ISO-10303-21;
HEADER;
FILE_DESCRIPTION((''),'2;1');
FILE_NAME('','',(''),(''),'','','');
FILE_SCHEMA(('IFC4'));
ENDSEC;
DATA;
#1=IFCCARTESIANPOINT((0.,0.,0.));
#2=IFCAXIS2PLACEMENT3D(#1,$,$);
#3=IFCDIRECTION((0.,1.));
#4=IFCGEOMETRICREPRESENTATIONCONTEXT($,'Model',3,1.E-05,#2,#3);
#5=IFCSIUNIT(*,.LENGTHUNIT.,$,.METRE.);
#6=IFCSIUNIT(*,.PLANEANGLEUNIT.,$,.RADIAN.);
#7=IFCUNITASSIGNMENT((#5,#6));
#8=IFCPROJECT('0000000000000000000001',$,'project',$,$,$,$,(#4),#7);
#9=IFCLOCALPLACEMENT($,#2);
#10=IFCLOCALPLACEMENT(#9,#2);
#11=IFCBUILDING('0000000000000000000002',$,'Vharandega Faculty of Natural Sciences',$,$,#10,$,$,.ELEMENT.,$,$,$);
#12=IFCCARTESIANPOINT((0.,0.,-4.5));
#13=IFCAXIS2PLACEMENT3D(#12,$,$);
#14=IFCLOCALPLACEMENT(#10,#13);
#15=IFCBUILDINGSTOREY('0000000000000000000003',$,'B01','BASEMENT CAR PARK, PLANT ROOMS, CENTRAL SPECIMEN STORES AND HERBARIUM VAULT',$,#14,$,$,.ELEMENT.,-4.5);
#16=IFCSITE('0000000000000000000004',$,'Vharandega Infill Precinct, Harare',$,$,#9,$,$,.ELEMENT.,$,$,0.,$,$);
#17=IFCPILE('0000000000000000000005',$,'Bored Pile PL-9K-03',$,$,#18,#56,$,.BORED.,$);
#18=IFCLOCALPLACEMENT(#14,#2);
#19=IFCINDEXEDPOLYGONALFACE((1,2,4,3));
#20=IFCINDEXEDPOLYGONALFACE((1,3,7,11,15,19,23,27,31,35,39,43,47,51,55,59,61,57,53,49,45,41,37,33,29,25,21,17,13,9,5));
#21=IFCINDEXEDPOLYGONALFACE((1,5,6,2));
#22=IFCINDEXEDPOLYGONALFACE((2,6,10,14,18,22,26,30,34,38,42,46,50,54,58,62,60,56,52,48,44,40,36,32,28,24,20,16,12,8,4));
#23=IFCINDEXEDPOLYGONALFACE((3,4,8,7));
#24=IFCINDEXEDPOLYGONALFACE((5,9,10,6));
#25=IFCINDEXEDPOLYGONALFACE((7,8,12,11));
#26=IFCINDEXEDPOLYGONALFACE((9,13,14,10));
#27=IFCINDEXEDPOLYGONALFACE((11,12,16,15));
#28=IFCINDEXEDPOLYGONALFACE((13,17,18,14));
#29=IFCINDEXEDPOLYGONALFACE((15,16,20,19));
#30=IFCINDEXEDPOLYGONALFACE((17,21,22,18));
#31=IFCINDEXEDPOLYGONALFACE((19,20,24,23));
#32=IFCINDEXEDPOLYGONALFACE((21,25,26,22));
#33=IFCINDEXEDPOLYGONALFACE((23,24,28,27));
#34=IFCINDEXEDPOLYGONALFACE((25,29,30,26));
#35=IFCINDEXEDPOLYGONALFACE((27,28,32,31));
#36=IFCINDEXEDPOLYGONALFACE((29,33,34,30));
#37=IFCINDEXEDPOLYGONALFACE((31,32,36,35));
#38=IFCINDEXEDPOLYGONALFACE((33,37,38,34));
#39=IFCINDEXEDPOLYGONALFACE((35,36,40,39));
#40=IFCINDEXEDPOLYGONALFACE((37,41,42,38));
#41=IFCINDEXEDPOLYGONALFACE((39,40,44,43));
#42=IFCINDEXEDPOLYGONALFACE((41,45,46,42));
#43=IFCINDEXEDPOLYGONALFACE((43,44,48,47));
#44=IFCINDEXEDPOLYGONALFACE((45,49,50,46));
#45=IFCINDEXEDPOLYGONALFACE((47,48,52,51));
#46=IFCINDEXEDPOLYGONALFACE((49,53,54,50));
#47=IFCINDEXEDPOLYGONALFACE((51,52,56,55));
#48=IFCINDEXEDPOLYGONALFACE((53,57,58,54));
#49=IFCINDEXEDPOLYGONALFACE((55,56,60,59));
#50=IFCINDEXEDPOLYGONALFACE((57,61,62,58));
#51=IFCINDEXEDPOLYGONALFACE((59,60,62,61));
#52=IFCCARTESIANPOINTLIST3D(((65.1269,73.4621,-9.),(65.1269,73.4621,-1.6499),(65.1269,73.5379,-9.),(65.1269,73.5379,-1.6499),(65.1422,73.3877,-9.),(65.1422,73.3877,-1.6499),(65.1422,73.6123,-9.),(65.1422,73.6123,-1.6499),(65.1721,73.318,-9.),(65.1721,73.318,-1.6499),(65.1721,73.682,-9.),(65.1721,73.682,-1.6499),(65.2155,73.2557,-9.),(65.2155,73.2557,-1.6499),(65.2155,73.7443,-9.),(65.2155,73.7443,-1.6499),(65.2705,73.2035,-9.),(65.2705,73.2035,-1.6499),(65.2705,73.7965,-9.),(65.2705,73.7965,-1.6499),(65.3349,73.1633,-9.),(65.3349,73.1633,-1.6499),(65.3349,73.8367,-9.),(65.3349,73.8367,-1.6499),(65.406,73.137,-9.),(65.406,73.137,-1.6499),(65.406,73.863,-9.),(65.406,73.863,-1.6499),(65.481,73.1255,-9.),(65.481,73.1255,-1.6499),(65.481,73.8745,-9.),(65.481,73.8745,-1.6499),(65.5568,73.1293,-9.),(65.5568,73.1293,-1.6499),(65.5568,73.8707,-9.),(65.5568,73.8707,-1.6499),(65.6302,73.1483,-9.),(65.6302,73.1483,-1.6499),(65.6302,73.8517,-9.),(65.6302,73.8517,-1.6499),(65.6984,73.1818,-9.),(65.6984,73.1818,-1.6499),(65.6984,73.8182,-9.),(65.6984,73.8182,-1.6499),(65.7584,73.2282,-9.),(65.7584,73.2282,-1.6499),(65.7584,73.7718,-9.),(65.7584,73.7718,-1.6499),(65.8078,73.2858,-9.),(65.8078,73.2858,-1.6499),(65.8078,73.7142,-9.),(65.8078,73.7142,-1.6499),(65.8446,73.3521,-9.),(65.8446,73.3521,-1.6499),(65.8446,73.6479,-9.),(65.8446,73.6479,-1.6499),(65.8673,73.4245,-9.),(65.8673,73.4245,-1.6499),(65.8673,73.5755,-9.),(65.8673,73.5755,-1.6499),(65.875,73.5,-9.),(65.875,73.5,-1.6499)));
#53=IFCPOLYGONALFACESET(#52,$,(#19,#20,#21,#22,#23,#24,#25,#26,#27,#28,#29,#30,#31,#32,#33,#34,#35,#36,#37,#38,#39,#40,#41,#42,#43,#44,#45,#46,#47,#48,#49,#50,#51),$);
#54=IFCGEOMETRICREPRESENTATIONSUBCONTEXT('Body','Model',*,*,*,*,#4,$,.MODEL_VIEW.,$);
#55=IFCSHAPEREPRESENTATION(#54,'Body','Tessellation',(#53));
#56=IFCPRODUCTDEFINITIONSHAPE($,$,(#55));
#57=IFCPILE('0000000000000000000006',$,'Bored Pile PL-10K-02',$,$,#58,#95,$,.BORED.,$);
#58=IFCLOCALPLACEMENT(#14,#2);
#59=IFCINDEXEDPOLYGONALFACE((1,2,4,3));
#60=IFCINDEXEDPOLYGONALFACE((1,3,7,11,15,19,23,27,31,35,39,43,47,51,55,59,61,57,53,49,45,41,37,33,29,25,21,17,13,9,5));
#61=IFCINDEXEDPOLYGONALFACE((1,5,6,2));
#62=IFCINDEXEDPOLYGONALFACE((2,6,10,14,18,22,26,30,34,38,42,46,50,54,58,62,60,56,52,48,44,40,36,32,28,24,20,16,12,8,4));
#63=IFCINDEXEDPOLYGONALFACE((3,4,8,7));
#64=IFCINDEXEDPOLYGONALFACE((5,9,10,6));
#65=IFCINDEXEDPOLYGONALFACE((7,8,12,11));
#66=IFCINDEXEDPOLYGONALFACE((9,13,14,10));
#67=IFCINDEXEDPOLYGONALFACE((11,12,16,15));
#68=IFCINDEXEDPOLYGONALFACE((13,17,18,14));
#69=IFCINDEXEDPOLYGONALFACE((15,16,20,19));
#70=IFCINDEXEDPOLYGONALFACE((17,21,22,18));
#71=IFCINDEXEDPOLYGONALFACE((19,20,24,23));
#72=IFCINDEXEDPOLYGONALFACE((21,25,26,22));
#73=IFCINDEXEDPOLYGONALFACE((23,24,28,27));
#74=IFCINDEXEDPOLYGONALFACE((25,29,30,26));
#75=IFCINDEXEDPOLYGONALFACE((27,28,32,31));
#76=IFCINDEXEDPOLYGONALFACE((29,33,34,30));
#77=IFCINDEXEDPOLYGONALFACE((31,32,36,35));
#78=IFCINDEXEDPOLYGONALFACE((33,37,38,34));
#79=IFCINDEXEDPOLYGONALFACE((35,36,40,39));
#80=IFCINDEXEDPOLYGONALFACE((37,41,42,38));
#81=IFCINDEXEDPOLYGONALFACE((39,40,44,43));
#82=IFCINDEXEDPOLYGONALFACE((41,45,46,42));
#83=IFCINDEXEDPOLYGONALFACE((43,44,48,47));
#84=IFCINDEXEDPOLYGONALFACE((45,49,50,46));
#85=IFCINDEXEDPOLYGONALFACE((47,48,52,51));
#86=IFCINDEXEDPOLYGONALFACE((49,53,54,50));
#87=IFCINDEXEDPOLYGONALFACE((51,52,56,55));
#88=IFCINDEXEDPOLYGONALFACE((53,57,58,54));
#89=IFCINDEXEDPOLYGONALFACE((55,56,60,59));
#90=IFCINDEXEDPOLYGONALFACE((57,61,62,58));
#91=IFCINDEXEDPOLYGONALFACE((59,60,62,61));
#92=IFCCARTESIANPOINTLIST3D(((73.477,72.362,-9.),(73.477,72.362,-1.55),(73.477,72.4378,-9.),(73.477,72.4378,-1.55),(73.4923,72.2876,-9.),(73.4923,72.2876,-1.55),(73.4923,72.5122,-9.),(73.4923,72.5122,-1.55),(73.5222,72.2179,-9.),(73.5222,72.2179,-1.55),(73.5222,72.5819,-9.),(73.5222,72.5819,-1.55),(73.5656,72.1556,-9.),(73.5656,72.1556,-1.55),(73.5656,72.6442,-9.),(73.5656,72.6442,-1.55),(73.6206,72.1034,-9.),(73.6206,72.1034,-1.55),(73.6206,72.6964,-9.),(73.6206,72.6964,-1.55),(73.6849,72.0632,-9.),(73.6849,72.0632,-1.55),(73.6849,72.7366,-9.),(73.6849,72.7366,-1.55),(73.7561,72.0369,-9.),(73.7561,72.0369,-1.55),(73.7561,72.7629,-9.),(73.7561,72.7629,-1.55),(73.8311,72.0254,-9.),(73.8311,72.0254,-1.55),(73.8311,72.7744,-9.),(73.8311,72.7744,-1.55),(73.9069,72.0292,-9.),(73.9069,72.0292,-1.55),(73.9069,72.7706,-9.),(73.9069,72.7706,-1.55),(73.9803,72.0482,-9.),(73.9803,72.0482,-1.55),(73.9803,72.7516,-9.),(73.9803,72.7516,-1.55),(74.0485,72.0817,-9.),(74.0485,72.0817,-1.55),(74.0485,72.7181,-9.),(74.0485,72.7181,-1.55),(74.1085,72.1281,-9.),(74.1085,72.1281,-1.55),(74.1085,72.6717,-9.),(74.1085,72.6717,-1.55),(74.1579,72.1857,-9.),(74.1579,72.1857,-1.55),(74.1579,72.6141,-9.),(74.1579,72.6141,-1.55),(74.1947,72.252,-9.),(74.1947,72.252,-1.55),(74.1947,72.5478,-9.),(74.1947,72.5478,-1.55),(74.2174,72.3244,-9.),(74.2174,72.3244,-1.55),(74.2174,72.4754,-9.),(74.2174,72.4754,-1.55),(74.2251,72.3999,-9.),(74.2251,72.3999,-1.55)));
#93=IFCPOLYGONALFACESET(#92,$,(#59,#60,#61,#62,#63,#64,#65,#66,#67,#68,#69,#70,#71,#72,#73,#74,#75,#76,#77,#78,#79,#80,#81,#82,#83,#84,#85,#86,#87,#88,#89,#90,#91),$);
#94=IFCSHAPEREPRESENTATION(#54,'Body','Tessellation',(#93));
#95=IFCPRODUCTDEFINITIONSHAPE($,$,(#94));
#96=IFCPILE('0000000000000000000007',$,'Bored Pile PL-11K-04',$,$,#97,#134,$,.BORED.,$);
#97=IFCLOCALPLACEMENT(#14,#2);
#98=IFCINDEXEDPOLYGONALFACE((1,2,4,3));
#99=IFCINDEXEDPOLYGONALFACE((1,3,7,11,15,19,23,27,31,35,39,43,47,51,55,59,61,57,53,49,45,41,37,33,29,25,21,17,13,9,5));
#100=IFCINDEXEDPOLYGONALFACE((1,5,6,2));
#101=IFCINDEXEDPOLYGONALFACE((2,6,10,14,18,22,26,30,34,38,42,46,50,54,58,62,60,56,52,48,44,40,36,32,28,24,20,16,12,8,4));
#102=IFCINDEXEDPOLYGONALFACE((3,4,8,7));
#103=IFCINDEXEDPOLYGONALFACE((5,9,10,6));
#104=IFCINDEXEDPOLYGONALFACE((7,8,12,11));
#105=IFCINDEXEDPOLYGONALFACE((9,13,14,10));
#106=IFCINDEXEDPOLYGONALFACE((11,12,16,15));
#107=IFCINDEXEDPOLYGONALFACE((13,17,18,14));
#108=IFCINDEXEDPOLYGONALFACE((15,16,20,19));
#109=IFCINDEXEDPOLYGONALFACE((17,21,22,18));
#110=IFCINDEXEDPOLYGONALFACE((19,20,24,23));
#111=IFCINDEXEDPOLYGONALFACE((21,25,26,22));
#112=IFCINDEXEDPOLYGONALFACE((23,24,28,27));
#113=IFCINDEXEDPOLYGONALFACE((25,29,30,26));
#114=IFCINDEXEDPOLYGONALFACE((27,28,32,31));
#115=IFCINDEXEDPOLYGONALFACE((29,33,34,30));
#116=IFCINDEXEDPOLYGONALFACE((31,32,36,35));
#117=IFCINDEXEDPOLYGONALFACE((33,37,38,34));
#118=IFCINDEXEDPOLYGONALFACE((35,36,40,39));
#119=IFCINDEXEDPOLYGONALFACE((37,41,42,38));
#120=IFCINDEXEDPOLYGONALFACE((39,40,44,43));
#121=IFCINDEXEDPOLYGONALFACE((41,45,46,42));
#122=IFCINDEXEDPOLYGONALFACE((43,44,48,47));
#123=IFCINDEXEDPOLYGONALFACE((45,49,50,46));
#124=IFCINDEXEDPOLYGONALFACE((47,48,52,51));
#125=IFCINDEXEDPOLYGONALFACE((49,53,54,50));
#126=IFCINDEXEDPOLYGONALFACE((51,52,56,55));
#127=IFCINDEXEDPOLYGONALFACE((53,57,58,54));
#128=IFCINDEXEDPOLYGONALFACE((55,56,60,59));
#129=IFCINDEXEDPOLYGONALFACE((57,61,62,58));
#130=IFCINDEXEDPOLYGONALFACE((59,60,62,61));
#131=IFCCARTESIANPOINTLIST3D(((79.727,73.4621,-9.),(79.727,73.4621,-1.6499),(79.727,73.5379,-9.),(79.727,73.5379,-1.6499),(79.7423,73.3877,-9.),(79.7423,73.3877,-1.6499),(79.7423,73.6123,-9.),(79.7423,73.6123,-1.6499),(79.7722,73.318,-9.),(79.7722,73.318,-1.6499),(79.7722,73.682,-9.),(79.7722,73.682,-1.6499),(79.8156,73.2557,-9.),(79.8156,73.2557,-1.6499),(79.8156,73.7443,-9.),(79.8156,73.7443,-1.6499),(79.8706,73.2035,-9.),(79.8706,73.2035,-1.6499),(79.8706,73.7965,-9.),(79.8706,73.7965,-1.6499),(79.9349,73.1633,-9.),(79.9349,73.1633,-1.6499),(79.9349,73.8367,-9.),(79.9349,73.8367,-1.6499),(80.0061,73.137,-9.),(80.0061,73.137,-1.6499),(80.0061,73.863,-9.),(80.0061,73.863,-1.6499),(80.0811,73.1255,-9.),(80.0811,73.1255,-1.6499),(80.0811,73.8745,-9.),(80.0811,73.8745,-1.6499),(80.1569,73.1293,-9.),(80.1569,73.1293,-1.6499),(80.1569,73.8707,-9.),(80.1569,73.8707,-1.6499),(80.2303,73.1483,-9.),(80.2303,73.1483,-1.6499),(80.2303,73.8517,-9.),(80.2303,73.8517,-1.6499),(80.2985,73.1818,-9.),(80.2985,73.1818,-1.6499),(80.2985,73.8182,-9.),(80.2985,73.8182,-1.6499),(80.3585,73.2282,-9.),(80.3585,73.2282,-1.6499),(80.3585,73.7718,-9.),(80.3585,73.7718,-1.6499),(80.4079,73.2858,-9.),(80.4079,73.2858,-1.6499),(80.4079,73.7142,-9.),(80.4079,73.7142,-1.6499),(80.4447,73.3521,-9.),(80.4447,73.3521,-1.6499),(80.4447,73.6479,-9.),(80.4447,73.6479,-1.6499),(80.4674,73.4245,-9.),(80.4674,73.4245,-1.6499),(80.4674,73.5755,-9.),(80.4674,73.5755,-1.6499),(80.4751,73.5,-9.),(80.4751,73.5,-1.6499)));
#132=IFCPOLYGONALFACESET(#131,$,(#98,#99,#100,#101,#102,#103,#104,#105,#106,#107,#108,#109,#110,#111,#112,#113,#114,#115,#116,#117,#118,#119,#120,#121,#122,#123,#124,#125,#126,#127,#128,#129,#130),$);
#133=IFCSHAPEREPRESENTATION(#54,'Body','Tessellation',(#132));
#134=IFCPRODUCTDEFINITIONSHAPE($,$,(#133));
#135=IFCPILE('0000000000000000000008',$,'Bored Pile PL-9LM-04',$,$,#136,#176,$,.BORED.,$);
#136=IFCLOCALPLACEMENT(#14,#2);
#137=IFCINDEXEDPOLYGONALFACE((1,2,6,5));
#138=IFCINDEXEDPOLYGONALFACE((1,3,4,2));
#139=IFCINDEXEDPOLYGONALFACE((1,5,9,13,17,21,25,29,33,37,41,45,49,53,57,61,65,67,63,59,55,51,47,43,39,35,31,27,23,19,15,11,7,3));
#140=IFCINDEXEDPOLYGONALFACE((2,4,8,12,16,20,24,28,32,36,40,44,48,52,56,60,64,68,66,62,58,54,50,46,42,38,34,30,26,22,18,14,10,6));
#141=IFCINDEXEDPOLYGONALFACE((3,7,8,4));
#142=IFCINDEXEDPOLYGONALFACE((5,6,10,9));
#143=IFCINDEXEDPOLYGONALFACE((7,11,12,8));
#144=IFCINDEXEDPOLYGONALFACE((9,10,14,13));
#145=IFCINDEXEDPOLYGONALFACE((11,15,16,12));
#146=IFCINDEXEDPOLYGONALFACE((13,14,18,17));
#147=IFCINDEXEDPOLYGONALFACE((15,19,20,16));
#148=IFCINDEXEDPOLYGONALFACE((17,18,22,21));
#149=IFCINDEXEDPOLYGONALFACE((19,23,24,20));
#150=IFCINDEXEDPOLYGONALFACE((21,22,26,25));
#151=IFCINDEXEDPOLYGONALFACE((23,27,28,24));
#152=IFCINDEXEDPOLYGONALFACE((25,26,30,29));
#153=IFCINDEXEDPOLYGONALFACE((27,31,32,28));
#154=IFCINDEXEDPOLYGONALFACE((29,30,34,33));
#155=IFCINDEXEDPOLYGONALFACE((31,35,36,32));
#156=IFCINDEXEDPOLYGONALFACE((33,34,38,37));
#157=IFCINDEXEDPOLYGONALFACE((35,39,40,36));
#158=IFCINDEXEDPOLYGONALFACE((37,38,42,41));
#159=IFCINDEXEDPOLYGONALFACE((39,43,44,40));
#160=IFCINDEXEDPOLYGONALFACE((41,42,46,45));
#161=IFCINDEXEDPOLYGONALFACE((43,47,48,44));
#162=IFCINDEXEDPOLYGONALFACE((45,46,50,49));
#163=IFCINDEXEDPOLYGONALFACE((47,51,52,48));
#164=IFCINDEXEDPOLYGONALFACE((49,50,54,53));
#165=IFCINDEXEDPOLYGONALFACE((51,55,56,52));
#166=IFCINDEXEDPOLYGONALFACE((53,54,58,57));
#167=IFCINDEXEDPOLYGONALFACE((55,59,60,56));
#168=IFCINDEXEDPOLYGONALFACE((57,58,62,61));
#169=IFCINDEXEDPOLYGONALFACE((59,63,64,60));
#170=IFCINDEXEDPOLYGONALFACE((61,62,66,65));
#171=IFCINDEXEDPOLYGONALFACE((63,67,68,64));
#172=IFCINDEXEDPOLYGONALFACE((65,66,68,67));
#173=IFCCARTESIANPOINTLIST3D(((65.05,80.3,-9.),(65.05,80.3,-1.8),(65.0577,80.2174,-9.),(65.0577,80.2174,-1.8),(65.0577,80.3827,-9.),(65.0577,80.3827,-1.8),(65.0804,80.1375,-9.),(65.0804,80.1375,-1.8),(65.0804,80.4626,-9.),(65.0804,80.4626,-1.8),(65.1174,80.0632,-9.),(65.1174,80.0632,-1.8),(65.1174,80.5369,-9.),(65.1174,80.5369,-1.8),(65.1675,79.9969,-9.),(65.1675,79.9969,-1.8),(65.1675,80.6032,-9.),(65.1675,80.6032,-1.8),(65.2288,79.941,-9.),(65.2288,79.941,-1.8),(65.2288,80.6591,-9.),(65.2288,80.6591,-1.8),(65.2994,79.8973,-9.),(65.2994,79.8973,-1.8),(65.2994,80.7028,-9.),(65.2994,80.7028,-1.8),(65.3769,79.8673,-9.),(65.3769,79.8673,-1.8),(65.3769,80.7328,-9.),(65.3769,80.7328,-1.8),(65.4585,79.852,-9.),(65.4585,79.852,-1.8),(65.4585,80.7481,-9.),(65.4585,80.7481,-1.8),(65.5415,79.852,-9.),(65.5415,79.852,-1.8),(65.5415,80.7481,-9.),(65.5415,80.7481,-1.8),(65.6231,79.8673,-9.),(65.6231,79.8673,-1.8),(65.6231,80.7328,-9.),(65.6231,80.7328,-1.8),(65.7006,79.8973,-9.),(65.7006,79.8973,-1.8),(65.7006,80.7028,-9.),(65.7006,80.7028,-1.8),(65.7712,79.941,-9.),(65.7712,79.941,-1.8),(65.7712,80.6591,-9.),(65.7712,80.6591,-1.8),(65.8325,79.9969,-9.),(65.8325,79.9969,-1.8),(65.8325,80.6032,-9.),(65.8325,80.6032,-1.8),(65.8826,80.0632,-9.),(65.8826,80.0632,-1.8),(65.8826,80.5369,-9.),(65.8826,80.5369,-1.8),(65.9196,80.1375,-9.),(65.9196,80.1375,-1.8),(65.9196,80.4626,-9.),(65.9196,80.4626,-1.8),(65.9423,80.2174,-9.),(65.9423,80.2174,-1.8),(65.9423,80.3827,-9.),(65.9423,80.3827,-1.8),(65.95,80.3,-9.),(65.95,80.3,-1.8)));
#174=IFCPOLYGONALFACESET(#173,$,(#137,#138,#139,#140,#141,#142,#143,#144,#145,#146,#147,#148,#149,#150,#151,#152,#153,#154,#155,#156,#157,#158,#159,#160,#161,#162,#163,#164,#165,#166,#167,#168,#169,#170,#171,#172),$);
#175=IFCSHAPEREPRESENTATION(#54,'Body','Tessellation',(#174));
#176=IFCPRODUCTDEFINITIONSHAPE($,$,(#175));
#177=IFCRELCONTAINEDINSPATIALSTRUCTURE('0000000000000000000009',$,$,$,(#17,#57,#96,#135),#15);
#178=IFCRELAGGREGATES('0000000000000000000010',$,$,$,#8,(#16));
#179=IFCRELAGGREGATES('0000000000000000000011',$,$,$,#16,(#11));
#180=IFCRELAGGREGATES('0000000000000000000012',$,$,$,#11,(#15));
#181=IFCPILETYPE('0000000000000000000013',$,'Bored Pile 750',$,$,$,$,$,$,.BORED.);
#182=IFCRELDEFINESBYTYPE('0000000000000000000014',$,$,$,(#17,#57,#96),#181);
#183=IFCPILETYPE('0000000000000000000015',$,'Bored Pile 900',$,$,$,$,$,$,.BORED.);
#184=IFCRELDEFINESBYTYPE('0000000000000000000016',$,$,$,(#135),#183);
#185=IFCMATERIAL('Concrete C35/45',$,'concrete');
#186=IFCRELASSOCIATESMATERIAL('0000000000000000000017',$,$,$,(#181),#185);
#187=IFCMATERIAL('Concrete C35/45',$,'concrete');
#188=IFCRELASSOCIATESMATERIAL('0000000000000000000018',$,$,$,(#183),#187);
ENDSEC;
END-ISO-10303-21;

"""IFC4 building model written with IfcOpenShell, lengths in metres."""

from ifc_helpers import new_model, si_unit, direction, frame, origin, origin_2d, place, context, subcontext, project, spatial, circle, extrude, material, material_profile, profile_set, type_object, element, save


model = new_model("IFC4")

# Units and contexts
model_context = context("Model", 3, precision=1e-05, world=origin(), true_north=direction((0.0, 1.0)))
body_context = subcontext(model_context, "Body", "Model", "MODEL_VIEW")
ifc_project = project(units=[si_unit("LENGTHUNIT", "METRE"), si_unit("PLANEANGLEUNIT", "RADIAN")], contexts=[model_context])

# Site, building, storey
site_placement = place(None, origin())
site = spatial("IfcSite", under=ifc_project, at=site_placement, Name="Vharandega Infill Precinct, Harare", CompositionType="ELEMENT", RefElevation=0.0)
building_placement = place(site_placement, origin())
building = spatial("IfcBuilding", under=site, at=building_placement, Name="Vharandega Faculty of Natural Sciences", CompositionType="ELEMENT")
storey_placement = place(building_placement, frame((0.0, 0.0, -4.5)))
storey = spatial("IfcBuildingStorey", under=building, at=storey_placement, Name="B01", Description="BASEMENT CAR PARK, PLANT ROOMS, CENTRAL SPECIMEN STORES AND HERBARIUM VAULT", CompositionType="ELEMENT", Elevation=-4.5)

# Piles
ifc_material_1 = material(Name="Concrete C35/45", Category="concrete")
ifc_material_profile_1 = material_profile(ifc_material_1, circle(Radius=0.375, at=origin_2d()), Name="PILE 750")
ifc_profile_set_1 = profile_set([ifc_material_profile_1], Name="Concrete C35/45")
pile_type_1 = type_object("IfcPileType", Name="Bored Pile 750", PredefinedType="BORED", material=ifc_profile_set_1)
pile_1_placement = place(storey_placement, frame((65.5, 73.5, -1.6499), z_axis=(0.0, 0.0, -1.0), x_axis=(1.0, 0.0, 0.0)))
element("IfcPile", 1, at=pile_1_placement, inside=storey, type_object=pile_type_1, Name="Bored Pile PL-9K-03", PredefinedType="BORED", context=body_context, shape_type="SweptSolid", body=[
    extrude(circle(Radius=0.375, at=origin_2d()), origin(), (0.0, 0.0, 1.0), 7.3501),
])
pile_2_placement = place(storey_placement, frame((73.8501, 72.3999, -1.55), z_axis=(0.0, 0.0, -1.0), x_axis=(1.0, 0.0, 0.0)))
element("IfcPile", 2, at=pile_2_placement, inside=storey, type_object=pile_type_1, Name="Bored Pile PL-10K-02", PredefinedType="BORED", context=body_context, shape_type="SweptSolid", body=[
    extrude(circle(Radius=0.375, at=origin_2d()), origin(), (0.0, 0.0, 1.0), 7.45),
])
pile_3_placement = place(storey_placement, frame((80.1001, 73.5, -1.6499), z_axis=(0.0, 0.0, -1.0), x_axis=(1.0, 0.0, 0.0)))
element("IfcPile", 3, at=pile_3_placement, inside=storey, type_object=pile_type_1, Name="Bored Pile PL-11K-04", PredefinedType="BORED", context=body_context, shape_type="SweptSolid", body=[
    extrude(circle(Radius=0.375, at=origin_2d()), origin(), (0.0, 0.0, 1.0), 7.3501),
])
ifc_material_2 = material(Name="Concrete C35/45", Category="concrete")
ifc_material_profile_2 = material_profile(ifc_material_2, circle(Radius=0.45, at=origin_2d()), Name="PILE 900")
ifc_profile_set_2 = profile_set([ifc_material_profile_2], Name="Concrete C35/45")
pile_type_2 = type_object("IfcPileType", Name="Bored Pile 900", PredefinedType="BORED", material=ifc_profile_set_2)
for number, where, z_axis, x_axis, name in (
    (4, (65.5, 80.3, -1.8), (0.0, 0.0, -1.0), (1.0, 0.0, 0.0), "Bored Pile PL-9LM-04"),
):
    element("IfcPile", number, at=place(storey_placement, frame(where, z_axis=z_axis, x_axis=x_axis)), inside=storey, type_object=pile_type_2, Name=name, PredefinedType="BORED", context=body_context, shape_type="SweptSolid", body=[
        extrude(circle(Radius=0.45, at=origin_2d()), origin(), (0.0, 0.0, 1.0), 7.2),
    ])

save(model, "model.ifc")
